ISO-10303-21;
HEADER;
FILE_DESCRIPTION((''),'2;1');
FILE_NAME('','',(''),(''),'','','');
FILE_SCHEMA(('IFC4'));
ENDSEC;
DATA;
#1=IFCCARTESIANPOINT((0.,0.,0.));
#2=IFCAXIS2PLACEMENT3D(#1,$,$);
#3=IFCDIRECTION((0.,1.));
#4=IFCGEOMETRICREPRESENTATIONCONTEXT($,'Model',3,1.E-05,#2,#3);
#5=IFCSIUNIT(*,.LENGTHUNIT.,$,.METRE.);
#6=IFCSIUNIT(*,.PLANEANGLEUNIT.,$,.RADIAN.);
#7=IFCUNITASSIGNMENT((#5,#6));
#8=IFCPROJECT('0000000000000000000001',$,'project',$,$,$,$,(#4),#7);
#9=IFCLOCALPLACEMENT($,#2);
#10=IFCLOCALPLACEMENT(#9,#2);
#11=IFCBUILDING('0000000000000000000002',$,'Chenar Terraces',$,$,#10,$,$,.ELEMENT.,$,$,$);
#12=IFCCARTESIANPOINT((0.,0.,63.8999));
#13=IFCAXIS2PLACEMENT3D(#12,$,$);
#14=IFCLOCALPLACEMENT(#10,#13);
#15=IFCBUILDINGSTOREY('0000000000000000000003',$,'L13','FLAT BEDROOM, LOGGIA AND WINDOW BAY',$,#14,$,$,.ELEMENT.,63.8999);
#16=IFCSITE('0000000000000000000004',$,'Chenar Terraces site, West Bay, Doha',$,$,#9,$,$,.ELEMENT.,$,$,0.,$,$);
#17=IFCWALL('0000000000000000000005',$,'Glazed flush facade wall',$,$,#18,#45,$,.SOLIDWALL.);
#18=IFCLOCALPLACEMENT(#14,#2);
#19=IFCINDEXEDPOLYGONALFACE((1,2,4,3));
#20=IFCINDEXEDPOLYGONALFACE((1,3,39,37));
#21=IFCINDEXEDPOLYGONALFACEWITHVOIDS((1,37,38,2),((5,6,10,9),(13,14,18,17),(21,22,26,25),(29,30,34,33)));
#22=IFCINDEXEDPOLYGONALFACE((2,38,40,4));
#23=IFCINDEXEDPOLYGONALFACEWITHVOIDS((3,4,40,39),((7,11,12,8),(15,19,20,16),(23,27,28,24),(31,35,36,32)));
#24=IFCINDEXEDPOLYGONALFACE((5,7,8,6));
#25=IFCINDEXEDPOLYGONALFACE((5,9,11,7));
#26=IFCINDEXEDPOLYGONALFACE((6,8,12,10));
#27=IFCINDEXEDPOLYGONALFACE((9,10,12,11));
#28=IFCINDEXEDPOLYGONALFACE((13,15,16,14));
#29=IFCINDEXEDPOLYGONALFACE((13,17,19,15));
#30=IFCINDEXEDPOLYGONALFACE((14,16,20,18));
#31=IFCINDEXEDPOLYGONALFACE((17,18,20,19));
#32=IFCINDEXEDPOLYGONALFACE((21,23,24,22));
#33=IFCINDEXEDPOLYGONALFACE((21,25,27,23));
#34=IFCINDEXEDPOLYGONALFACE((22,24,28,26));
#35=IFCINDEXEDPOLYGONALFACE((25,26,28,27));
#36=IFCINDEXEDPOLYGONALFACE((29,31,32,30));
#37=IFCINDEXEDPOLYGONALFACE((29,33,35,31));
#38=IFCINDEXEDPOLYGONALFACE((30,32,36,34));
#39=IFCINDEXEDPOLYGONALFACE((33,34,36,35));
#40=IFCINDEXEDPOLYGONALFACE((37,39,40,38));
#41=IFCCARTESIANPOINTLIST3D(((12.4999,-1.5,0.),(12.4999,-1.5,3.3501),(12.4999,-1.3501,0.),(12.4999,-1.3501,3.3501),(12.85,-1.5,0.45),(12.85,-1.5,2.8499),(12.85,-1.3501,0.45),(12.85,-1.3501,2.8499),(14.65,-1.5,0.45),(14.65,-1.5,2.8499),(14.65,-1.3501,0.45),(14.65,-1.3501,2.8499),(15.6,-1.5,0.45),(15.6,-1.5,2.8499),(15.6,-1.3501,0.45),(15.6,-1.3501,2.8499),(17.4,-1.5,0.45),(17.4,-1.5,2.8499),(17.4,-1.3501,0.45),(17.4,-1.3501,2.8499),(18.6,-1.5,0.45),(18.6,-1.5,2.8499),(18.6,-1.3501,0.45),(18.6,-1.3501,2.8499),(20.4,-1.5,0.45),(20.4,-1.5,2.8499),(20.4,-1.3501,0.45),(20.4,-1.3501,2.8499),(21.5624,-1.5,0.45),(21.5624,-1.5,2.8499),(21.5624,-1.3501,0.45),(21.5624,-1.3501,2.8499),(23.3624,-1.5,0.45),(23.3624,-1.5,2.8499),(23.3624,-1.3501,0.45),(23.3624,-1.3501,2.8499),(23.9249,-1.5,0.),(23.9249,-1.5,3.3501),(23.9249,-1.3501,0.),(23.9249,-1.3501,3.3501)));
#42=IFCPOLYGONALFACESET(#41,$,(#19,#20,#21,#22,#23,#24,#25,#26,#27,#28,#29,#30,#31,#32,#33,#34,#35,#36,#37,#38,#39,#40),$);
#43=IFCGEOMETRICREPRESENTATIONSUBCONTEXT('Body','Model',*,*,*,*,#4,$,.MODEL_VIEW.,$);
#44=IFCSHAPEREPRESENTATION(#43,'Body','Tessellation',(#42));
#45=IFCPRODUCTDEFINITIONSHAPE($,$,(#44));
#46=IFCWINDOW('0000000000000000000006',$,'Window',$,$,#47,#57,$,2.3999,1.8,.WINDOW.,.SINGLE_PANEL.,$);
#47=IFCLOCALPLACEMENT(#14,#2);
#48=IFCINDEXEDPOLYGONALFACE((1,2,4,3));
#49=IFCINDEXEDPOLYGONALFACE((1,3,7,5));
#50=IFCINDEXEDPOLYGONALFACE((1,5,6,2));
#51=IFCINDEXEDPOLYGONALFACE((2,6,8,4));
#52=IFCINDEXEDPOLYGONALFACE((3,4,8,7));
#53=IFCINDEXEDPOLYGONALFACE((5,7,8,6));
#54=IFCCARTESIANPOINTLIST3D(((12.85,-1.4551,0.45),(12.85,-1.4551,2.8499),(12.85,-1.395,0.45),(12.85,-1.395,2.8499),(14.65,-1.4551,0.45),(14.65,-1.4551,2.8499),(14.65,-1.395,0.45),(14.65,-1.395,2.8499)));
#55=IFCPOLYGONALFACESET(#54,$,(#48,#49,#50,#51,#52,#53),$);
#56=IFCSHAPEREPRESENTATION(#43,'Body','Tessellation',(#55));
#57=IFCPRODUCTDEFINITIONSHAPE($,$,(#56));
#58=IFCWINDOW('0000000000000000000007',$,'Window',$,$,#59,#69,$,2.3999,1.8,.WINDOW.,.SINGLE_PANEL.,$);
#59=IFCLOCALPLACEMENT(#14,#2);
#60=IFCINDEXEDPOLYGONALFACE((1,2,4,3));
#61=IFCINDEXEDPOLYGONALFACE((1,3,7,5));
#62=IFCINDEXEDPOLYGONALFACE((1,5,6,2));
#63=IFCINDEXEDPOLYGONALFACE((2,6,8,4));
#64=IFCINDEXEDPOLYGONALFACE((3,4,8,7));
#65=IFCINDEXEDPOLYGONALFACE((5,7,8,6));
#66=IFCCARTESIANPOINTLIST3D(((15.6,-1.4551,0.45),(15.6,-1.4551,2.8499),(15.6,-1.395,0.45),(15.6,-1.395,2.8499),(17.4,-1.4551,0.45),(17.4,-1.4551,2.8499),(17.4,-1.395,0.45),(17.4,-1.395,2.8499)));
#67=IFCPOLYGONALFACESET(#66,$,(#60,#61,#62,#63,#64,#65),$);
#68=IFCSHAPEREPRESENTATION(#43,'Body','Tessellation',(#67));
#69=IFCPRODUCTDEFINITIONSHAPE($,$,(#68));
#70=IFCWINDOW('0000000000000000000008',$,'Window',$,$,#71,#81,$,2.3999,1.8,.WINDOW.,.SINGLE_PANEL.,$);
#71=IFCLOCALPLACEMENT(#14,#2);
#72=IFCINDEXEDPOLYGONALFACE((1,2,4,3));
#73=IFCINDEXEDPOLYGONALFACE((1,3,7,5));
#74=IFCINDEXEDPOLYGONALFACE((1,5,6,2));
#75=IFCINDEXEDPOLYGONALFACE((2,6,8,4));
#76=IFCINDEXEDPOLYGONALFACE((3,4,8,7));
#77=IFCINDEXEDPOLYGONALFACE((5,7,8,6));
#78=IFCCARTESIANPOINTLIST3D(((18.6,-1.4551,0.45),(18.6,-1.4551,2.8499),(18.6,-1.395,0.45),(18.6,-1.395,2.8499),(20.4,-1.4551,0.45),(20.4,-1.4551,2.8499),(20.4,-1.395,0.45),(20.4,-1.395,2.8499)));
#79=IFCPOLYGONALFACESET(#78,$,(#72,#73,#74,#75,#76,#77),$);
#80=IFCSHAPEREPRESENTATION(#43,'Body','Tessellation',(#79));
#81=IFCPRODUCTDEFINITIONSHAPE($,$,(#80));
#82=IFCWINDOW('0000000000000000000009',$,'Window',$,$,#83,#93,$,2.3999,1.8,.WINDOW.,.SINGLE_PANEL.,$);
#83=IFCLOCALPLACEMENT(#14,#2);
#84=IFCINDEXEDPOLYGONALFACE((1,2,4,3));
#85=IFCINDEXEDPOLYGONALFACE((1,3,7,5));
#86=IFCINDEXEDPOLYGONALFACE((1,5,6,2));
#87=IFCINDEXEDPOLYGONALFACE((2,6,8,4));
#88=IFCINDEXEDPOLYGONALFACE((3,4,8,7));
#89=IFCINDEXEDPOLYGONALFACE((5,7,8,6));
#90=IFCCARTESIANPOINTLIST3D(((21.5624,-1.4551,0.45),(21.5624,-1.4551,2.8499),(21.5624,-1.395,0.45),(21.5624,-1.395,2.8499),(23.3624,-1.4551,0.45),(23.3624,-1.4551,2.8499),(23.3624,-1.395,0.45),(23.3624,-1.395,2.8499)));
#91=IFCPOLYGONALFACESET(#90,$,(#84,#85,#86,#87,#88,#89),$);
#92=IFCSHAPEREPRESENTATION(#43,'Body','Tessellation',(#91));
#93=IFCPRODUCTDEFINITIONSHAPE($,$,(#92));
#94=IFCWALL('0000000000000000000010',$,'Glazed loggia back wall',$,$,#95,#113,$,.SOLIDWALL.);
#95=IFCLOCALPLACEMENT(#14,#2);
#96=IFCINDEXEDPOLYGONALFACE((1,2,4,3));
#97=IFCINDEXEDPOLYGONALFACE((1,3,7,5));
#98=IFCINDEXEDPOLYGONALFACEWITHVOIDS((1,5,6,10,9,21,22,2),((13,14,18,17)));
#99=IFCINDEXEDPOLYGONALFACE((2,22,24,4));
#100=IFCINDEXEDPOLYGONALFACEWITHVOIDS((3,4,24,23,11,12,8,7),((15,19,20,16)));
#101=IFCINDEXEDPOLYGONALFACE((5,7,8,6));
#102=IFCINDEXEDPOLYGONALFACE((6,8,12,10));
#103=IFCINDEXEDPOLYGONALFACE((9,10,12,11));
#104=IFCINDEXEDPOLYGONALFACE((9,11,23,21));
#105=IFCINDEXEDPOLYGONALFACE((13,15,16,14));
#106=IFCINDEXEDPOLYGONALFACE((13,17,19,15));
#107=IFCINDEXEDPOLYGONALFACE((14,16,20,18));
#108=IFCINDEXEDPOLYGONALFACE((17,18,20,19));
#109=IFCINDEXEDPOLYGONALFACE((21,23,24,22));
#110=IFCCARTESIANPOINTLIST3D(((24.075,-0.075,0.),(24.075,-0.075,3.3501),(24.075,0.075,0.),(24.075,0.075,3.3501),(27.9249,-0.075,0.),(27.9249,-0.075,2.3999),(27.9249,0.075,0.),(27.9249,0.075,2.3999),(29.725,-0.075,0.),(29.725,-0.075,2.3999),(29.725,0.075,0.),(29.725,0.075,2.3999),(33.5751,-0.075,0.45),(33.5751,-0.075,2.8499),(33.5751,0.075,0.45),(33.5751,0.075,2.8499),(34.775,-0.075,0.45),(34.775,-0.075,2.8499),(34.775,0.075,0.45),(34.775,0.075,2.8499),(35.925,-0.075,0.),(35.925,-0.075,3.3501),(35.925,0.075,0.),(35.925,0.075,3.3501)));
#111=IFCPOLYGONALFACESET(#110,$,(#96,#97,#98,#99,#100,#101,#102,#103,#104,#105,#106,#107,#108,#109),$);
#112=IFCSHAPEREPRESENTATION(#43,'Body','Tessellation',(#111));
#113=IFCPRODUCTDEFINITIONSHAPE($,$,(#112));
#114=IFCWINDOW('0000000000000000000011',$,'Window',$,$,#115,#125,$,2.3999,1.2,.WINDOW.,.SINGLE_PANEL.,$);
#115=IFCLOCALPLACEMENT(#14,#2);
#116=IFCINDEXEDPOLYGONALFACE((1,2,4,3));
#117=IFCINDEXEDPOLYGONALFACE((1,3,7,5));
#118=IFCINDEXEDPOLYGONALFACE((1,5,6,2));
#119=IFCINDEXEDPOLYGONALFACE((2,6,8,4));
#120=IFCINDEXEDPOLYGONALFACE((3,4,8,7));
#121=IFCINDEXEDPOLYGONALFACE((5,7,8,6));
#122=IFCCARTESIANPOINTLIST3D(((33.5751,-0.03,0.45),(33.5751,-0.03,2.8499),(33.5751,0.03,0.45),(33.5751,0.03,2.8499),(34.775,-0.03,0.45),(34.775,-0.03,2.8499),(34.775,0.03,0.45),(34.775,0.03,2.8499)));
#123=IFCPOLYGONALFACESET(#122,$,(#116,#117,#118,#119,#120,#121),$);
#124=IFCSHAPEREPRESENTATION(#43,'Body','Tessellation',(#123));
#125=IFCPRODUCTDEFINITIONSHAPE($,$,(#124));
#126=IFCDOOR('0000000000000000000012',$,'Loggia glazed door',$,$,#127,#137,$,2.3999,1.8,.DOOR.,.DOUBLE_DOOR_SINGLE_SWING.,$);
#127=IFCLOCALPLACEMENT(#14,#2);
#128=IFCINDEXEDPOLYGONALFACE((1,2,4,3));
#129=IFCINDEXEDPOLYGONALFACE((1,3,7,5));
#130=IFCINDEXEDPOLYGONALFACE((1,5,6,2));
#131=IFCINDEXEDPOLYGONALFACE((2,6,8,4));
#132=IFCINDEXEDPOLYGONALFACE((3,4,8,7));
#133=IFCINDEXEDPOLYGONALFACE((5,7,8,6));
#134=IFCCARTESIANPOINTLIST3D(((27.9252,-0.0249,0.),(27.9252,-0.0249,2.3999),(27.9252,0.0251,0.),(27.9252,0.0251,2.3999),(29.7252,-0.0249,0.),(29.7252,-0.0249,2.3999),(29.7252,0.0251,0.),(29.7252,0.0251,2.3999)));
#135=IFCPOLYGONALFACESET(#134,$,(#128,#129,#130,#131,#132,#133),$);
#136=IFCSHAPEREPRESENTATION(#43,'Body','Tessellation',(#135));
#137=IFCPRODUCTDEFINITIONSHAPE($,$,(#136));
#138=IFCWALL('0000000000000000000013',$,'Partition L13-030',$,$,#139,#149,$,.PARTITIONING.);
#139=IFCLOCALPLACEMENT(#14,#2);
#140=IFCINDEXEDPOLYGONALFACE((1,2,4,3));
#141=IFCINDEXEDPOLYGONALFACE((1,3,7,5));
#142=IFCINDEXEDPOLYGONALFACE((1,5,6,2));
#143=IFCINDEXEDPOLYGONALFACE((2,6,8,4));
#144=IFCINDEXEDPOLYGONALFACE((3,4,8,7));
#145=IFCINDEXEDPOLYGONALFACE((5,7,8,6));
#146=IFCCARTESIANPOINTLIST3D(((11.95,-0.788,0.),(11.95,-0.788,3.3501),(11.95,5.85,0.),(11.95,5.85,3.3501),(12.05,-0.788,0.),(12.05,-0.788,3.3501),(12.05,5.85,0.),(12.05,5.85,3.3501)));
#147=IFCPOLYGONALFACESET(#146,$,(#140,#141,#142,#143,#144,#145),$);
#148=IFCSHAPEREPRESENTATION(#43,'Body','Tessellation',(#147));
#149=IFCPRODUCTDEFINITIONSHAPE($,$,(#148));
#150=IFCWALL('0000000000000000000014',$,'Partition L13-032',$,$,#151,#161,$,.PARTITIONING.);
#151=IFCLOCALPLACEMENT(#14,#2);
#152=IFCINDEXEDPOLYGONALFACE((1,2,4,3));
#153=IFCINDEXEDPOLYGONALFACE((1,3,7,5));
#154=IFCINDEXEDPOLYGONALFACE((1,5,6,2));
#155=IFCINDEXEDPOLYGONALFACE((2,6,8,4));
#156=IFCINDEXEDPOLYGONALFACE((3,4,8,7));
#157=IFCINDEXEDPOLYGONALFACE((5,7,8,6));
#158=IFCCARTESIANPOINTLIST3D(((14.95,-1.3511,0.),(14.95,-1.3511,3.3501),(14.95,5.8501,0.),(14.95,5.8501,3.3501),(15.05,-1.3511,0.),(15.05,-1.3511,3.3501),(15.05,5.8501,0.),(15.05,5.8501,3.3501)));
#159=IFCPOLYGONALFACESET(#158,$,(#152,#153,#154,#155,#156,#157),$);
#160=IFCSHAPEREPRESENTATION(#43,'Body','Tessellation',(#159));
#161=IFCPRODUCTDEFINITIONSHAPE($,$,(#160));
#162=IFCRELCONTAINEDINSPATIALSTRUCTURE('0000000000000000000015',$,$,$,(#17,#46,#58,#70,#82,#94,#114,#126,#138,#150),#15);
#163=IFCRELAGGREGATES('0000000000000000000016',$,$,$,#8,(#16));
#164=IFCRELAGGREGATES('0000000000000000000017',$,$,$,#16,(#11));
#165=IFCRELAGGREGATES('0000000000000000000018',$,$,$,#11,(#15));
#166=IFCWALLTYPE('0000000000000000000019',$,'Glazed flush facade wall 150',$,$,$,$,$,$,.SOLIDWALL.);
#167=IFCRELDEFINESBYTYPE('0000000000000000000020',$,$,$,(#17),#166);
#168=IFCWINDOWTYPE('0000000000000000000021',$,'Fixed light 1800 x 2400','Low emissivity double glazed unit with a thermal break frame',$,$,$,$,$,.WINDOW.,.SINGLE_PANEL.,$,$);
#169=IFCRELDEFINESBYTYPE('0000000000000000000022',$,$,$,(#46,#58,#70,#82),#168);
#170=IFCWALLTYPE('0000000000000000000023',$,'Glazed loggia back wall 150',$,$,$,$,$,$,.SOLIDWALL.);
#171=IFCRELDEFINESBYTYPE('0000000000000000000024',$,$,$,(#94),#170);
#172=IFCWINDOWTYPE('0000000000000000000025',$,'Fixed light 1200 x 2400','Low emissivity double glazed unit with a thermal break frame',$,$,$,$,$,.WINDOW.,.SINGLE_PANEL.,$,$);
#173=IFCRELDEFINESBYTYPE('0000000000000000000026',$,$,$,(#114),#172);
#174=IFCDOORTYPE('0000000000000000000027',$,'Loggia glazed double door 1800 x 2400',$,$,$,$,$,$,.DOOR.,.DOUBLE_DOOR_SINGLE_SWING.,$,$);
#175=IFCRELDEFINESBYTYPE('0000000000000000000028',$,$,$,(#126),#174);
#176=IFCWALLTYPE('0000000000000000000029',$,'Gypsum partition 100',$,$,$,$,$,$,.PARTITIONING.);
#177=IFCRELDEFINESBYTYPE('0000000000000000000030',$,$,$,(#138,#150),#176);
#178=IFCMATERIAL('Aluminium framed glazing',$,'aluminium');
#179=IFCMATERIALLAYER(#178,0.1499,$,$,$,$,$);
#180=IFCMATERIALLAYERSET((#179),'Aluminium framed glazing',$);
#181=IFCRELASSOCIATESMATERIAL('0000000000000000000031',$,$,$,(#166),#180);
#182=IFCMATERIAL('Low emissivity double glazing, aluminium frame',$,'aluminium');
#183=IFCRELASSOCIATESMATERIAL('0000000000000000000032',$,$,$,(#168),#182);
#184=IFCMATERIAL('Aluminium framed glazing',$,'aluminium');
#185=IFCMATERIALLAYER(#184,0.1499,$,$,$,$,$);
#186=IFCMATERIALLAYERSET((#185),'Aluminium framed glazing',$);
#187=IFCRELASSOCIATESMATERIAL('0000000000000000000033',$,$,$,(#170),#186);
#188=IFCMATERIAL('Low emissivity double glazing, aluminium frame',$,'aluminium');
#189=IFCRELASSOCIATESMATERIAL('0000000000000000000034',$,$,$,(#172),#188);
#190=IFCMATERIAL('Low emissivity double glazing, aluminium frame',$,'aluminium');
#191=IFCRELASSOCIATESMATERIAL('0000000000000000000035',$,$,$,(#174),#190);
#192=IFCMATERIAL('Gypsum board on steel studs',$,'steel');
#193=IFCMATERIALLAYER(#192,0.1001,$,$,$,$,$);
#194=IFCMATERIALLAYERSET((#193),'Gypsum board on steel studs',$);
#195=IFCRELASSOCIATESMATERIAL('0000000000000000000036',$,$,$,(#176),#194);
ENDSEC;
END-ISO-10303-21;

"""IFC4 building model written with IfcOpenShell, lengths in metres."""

from ifc_helpers import new_model, si_unit, direction, frame, frame_2d, origin, place, context, subcontext, project, spatial, rectangle, extrude, material, layer, layer_set, type_object, element, fill, save


model = new_model("IFC4")

# Units and contexts
model_context = context("Model", 3, precision=1e-05, world=origin(), true_north=direction((0.0, 1.0)))
body_context = subcontext(model_context, "Body", "Model", "MODEL_VIEW")
ifc_project = project(units=[si_unit("LENGTHUNIT", "METRE"), si_unit("PLANEANGLEUNIT", "RADIAN")], contexts=[model_context])

# Site, building, storey
site_placement = place(None, origin())
site = spatial("IfcSite", under=ifc_project, at=site_placement, Name="Chenar Terraces site, West Bay, Doha", CompositionType="ELEMENT", RefElevation=0.0)
building_placement = place(site_placement, origin())
building = spatial("IfcBuilding", under=site, at=building_placement, Name="Chenar Terraces", CompositionType="ELEMENT")
storey_placement = place(building_placement, frame((0.0, 0.0, 63.8999)))
storey = spatial("IfcBuildingStorey", under=building, at=storey_placement, Name="L13", Description="FLAT BEDROOM, LOGGIA AND WINDOW BAY", CompositionType="ELEMENT", Elevation=63.8999)

# Wall, openings, windows
ifc_material_1 = material(Name="Aluminium framed glazing", Category="aluminium")
ifc_layer_1 = layer(ifc_material_1, 0.1499)
ifc_layer_set_1 = layer_set([ifc_layer_1], Name="Aluminium framed glazing")
wall_type_1 = type_object("IfcWallType", Name="Glazed flush facade wall 150", PredefinedType="SOLIDWALL", material=ifc_layer_set_1)
wall_1_placement = place(storey_placement, frame((12.5, -1.425, 0.0), z_axis=(0.0, 0.0, 1.0), x_axis=(1.0, 0.0, 0.0)))
wall_1 = element("IfcWall", 1, at=wall_1_placement, inside=storey, type_object=wall_type_1, Name="Glazed flush facade wall", PredefinedType="SOLIDWALL", context=body_context, shape_type="SweptSolid", body=[
    extrude(rectangle(XDim=11.425, YDim=0.1499, at=frame_2d((5.7124, 0.0))), origin(), (0.0, 0.0, 1.0), 3.3501),
])
opening_1_placement = place(wall_1_placement, frame((0.3501, 0.0, 0.45)))
opening_1 = element("IfcOpeningElement", 2, at=opening_1_placement, cuts=wall_1, PredefinedType="OPENING", context=body_context, shape_type="SweptSolid", body=[
    extrude(rectangle(XDim=1.8, YDim=2.3999, at=frame_2d((0.8999, 1.2))), frame((0.0, 0.085, 0.0), z_axis=(0.0, -1.0, 0.0), x_axis=(1.0, 0.0, 0.0)), (0.0, 0.0, 1.0), 0.1699),
])
opening_2_placement = place(wall_1_placement, frame((3.1001, 0.0, 0.45)))
opening_2 = element("IfcOpeningElement", 3, at=opening_2_placement, cuts=wall_1, PredefinedType="OPENING", context=body_context, shape_type="SweptSolid", body=[
    extrude(rectangle(XDim=1.8, YDim=2.3999, at=frame_2d((0.8999, 1.2))), frame((0.0, 0.085, 0.0), z_axis=(0.0, -1.0, 0.0), x_axis=(1.0, 0.0, 0.0)), (0.0, 0.0, 1.0), 0.1699),
])
opening_3_placement = place(wall_1_placement, frame((6.1001, 0.0, 0.45)))
opening_3 = element("IfcOpeningElement", 4, at=opening_3_placement, cuts=wall_1, PredefinedType="OPENING", context=body_context, shape_type="SweptSolid", body=[
    extrude(rectangle(XDim=1.8, YDim=2.3999, at=frame_2d((0.8999, 1.2))), frame((0.0, 0.085, 0.0), z_axis=(0.0, -1.0, 0.0), x_axis=(1.0, 0.0, 0.0)), (0.0, 0.0, 1.0), 0.1699),
])
opening_4_placement = place(wall_1_placement, frame((9.0625, 0.0, 0.45)))
opening_4 = element("IfcOpeningElement", 5, at=opening_4_placement, cuts=wall_1, PredefinedType="OPENING", context=body_context, shape_type="SweptSolid", body=[
    extrude(rectangle(XDim=1.8, YDim=2.3999, at=frame_2d((0.8999, 1.2))), frame((0.0, 0.085, 0.0), z_axis=(0.0, -1.0, 0.0), x_axis=(1.0, 0.0, 0.0)), (0.0, 0.0, 1.0), 0.1699),
])
ifc_material_2 = material(Name="Low emissivity double glazing, aluminium frame", Category="aluminium")
window_type_1 = type_object("IfcWindowType", Name="Fixed light 1800 x 2400", Description="Low emissivity double glazed unit with a thermal break frame", PartitioningType="SINGLE_PANEL", PredefinedType="WINDOW", material=ifc_material_2)
window_1_placement = place(opening_1_placement, origin())
window_1 = element("IfcWindow", 6, at=window_1_placement, inside=storey, type_object=window_type_1, Name="Window", OverallHeight=2.3999, OverallWidth=1.8, PartitioningType="SINGLE_PANEL", PredefinedType="WINDOW", context=body_context, shape_type="SweptSolid", body=[
    extrude(rectangle(XDim=1.8, YDim=2.3999, at=frame_2d((0.8999, 1.2))), frame((0.0, 0.03, 0.0), z_axis=(0.0, -1.0, 0.0), x_axis=(1.0, 0.0, 0.0)), (0.0, 0.0, 1.0), 0.0601),
])
fill(opening_1, window_1)
window_2_placement = place(opening_2_placement, origin())
window_2 = element("IfcWindow", 7, at=window_2_placement, inside=storey, type_object=window_type_1, Name="Window", OverallHeight=2.3999, OverallWidth=1.8, PartitioningType="SINGLE_PANEL", PredefinedType="WINDOW", context=body_context, shape_type="SweptSolid", body=[
    extrude(rectangle(XDim=1.8, YDim=2.3999, at=frame_2d((0.8999, 1.2))), frame((0.0, 0.03, 0.0), z_axis=(0.0, -1.0, 0.0), x_axis=(1.0, 0.0, 0.0)), (0.0, 0.0, 1.0), 0.0601),
])
fill(opening_2, window_2)
window_3_placement = place(opening_3_placement, origin())
window_3 = element("IfcWindow", 8, at=window_3_placement, inside=storey, type_object=window_type_1, Name="Window", OverallHeight=2.3999, OverallWidth=1.8, PartitioningType="SINGLE_PANEL", PredefinedType="WINDOW", context=body_context, shape_type="SweptSolid", body=[
    extrude(rectangle(XDim=1.8, YDim=2.3999, at=frame_2d((0.8999, 1.2))), frame((0.0, 0.03, 0.0), z_axis=(0.0, -1.0, 0.0), x_axis=(1.0, 0.0, 0.0)), (0.0, 0.0, 1.0), 0.0601),
])
fill(opening_3, window_3)
window_4_placement = place(opening_4_placement, origin())
window_4 = element("IfcWindow", 9, at=window_4_placement, inside=storey, type_object=window_type_1, Name="Window", OverallHeight=2.3999, OverallWidth=1.8, PartitioningType="SINGLE_PANEL", PredefinedType="WINDOW", context=body_context, shape_type="SweptSolid", body=[
    extrude(rectangle(XDim=1.8, YDim=2.3999, at=frame_2d((0.8999, 1.2))), frame((0.0, 0.03, 0.0), z_axis=(0.0, -1.0, 0.0), x_axis=(1.0, 0.0, 0.0)), (0.0, 0.0, 1.0), 0.0601),
])
fill(opening_4, window_4)

# Wall, openings, window, door
ifc_material_3 = material(Name="Aluminium framed glazing", Category="aluminium")
ifc_layer_2 = layer(ifc_material_3, 0.1499)
ifc_layer_set_2 = layer_set([ifc_layer_2], Name="Aluminium framed glazing")
wall_type_2 = type_object("IfcWallType", Name="Glazed loggia back wall 150", PredefinedType="SOLIDWALL", material=ifc_layer_set_2)
wall_2_placement = place(storey_placement, frame((24.075, 0.0, 0.0), z_axis=(0.0, 0.0, 1.0), x_axis=(1.0, 0.0, 0.0)))
wall_2 = element("IfcWall", 10, at=wall_2_placement, inside=storey, type_object=wall_type_2, Name="Glazed loggia back wall", PredefinedType="SOLIDWALL", context=body_context, shape_type="SweptSolid", body=[
    extrude(rectangle(XDim=11.8501, YDim=0.1499, at=frame_2d((5.925, 0.0))), origin(), (0.0, 0.0, 1.0), 3.3501),
])
opening_5_placement = place(wall_2_placement, frame((3.8501, 0.0, 0.0)))
opening_5 = element("IfcOpeningElement", 11, at=opening_5_placement, cuts=wall_2, PredefinedType="OPENING", context=body_context, shape_type="SweptSolid", body=[
    extrude(rectangle(XDim=1.8, YDim=2.3999, at=frame_2d((0.8999, 1.2))), frame((0.0, 0.085, 0.0), z_axis=(0.0, -1.0, 0.0), x_axis=(1.0, 0.0, 0.0)), (0.0, 0.0, 1.0), 0.1699),
])
opening_6_placement = place(wall_2_placement, frame((9.5, 0.0, 0.45)))
opening_6 = element("IfcOpeningElement", 12, at=opening_6_placement, cuts=wall_2, PredefinedType="OPENING", context=body_context, shape_type="SweptSolid", body=[
    extrude(rectangle(XDim=1.2, YDim=2.3999, at=frame_2d((0.6001, 1.2))), frame((0.0, 0.085, 0.0), z_axis=(0.0, -1.0, 0.0), x_axis=(1.0, 0.0, 0.0)), (0.0, 0.0, 1.0), 0.1699),
])
ifc_material_4 = material(Name="Low emissivity double glazing, aluminium frame", Category="aluminium")
window_type_2 = type_object("IfcWindowType", Name="Fixed light 1200 x 2400", Description="Low emissivity double glazed unit with a thermal break frame", PartitioningType="SINGLE_PANEL", PredefinedType="WINDOW", material=ifc_material_4)
window_5_placement = place(opening_6_placement, origin())
window_5 = element("IfcWindow", 13, at=window_5_placement, inside=storey, type_object=window_type_2, Name="Window", OverallHeight=2.3999, OverallWidth=1.2, PartitioningType="SINGLE_PANEL", PredefinedType="WINDOW", context=body_context, shape_type="SweptSolid", body=[
    extrude(rectangle(XDim=1.2, YDim=2.3999, at=frame_2d((0.6001, 1.2))), frame((0.0, 0.03, 0.0), z_axis=(0.0, -1.0, 0.0), x_axis=(1.0, 0.0, 0.0)), (0.0, 0.0, 1.0), 0.0601),
])
fill(opening_6, window_5)
ifc_material_5 = material(Name="Low emissivity double glazing, aluminium frame", Category="aluminium")
door_type_1 = type_object("IfcDoorType", Name="Loggia glazed double door 1800 x 2400", OperationType="DOUBLE_DOOR_SINGLE_SWING", PredefinedType="DOOR", material=ifc_material_5)
door_1_placement = place(opening_5_placement, frame((1.8, 0.0, 0.0), z_axis=(0.0, 0.0, 1.0), x_axis=(-1.0, 0.0, 0.0)))
door_1 = element("IfcDoor", 14, at=door_1_placement, inside=storey, type_object=door_type_1, Name="Loggia glazed door", OperationType="DOUBLE_DOOR_SINGLE_SWING", OverallHeight=2.3999, OverallWidth=1.8, PredefinedType="DOOR", context=body_context, shape_type="SweptSolid", body=[
    extrude(rectangle(XDim=1.8, YDim=2.3999, at=frame_2d((0.8999, 1.2))), frame((0.0, 0.0249, 0.0), z_axis=(0.0, -1.0, 0.0), x_axis=(1.0, 0.0, 0.0)), (0.0, 0.0, 1.0), 0.05),
])
fill(opening_5, door_1)

# Walls
ifc_material_6 = material(Name="Gypsum board on steel studs", Category="steel")
ifc_layer_3 = layer(ifc_material_6, 0.1001)
ifc_layer_set_3 = layer_set([ifc_layer_3], Name="Gypsum board on steel studs")
wall_type_3 = type_object("IfcWallType", Name="Gypsum partition 100", PredefinedType="PARTITIONING", material=ifc_layer_set_3)
wall_3_placement = place(storey_placement, frame((12.0, -0.7878, 0.0), z_axis=(0.0, 0.0, 1.0), x_axis=(0.0, 1.0, 0.0)))
element("IfcWall", 15, at=wall_3_placement, inside=storey, type_object=wall_type_3, Name="Partition L13-030", PredefinedType="PARTITIONING", context=body_context, shape_type="SweptSolid", body=[
    extrude(rectangle(XDim=6.6379, YDim=0.1001, at=frame_2d((3.3188, 0.0))), origin(), (0.0, 0.0, 1.0), 3.3501),
])
for number, where, z_axis, x_axis, name in (
    (16, (15.0, -1.3511, 0.0), (0.0, 0.0, 1.0), (0.0, 1.0, 0.0), "Partition L13-032"),
):
    element("IfcWall", number, at=place(storey_placement, frame(where, z_axis=z_axis, x_axis=x_axis)), inside=storey, type_object=wall_type_3, Name=name, PredefinedType="PARTITIONING", context=body_context, shape_type="SweptSolid", body=[
        extrude(rectangle(XDim=7.2012, YDim=0.1001, at=frame_2d((3.6006, 0.0))), origin(), (0.0, 0.0, 1.0), 3.3501),
    ])

save(model, "model.ifc")
